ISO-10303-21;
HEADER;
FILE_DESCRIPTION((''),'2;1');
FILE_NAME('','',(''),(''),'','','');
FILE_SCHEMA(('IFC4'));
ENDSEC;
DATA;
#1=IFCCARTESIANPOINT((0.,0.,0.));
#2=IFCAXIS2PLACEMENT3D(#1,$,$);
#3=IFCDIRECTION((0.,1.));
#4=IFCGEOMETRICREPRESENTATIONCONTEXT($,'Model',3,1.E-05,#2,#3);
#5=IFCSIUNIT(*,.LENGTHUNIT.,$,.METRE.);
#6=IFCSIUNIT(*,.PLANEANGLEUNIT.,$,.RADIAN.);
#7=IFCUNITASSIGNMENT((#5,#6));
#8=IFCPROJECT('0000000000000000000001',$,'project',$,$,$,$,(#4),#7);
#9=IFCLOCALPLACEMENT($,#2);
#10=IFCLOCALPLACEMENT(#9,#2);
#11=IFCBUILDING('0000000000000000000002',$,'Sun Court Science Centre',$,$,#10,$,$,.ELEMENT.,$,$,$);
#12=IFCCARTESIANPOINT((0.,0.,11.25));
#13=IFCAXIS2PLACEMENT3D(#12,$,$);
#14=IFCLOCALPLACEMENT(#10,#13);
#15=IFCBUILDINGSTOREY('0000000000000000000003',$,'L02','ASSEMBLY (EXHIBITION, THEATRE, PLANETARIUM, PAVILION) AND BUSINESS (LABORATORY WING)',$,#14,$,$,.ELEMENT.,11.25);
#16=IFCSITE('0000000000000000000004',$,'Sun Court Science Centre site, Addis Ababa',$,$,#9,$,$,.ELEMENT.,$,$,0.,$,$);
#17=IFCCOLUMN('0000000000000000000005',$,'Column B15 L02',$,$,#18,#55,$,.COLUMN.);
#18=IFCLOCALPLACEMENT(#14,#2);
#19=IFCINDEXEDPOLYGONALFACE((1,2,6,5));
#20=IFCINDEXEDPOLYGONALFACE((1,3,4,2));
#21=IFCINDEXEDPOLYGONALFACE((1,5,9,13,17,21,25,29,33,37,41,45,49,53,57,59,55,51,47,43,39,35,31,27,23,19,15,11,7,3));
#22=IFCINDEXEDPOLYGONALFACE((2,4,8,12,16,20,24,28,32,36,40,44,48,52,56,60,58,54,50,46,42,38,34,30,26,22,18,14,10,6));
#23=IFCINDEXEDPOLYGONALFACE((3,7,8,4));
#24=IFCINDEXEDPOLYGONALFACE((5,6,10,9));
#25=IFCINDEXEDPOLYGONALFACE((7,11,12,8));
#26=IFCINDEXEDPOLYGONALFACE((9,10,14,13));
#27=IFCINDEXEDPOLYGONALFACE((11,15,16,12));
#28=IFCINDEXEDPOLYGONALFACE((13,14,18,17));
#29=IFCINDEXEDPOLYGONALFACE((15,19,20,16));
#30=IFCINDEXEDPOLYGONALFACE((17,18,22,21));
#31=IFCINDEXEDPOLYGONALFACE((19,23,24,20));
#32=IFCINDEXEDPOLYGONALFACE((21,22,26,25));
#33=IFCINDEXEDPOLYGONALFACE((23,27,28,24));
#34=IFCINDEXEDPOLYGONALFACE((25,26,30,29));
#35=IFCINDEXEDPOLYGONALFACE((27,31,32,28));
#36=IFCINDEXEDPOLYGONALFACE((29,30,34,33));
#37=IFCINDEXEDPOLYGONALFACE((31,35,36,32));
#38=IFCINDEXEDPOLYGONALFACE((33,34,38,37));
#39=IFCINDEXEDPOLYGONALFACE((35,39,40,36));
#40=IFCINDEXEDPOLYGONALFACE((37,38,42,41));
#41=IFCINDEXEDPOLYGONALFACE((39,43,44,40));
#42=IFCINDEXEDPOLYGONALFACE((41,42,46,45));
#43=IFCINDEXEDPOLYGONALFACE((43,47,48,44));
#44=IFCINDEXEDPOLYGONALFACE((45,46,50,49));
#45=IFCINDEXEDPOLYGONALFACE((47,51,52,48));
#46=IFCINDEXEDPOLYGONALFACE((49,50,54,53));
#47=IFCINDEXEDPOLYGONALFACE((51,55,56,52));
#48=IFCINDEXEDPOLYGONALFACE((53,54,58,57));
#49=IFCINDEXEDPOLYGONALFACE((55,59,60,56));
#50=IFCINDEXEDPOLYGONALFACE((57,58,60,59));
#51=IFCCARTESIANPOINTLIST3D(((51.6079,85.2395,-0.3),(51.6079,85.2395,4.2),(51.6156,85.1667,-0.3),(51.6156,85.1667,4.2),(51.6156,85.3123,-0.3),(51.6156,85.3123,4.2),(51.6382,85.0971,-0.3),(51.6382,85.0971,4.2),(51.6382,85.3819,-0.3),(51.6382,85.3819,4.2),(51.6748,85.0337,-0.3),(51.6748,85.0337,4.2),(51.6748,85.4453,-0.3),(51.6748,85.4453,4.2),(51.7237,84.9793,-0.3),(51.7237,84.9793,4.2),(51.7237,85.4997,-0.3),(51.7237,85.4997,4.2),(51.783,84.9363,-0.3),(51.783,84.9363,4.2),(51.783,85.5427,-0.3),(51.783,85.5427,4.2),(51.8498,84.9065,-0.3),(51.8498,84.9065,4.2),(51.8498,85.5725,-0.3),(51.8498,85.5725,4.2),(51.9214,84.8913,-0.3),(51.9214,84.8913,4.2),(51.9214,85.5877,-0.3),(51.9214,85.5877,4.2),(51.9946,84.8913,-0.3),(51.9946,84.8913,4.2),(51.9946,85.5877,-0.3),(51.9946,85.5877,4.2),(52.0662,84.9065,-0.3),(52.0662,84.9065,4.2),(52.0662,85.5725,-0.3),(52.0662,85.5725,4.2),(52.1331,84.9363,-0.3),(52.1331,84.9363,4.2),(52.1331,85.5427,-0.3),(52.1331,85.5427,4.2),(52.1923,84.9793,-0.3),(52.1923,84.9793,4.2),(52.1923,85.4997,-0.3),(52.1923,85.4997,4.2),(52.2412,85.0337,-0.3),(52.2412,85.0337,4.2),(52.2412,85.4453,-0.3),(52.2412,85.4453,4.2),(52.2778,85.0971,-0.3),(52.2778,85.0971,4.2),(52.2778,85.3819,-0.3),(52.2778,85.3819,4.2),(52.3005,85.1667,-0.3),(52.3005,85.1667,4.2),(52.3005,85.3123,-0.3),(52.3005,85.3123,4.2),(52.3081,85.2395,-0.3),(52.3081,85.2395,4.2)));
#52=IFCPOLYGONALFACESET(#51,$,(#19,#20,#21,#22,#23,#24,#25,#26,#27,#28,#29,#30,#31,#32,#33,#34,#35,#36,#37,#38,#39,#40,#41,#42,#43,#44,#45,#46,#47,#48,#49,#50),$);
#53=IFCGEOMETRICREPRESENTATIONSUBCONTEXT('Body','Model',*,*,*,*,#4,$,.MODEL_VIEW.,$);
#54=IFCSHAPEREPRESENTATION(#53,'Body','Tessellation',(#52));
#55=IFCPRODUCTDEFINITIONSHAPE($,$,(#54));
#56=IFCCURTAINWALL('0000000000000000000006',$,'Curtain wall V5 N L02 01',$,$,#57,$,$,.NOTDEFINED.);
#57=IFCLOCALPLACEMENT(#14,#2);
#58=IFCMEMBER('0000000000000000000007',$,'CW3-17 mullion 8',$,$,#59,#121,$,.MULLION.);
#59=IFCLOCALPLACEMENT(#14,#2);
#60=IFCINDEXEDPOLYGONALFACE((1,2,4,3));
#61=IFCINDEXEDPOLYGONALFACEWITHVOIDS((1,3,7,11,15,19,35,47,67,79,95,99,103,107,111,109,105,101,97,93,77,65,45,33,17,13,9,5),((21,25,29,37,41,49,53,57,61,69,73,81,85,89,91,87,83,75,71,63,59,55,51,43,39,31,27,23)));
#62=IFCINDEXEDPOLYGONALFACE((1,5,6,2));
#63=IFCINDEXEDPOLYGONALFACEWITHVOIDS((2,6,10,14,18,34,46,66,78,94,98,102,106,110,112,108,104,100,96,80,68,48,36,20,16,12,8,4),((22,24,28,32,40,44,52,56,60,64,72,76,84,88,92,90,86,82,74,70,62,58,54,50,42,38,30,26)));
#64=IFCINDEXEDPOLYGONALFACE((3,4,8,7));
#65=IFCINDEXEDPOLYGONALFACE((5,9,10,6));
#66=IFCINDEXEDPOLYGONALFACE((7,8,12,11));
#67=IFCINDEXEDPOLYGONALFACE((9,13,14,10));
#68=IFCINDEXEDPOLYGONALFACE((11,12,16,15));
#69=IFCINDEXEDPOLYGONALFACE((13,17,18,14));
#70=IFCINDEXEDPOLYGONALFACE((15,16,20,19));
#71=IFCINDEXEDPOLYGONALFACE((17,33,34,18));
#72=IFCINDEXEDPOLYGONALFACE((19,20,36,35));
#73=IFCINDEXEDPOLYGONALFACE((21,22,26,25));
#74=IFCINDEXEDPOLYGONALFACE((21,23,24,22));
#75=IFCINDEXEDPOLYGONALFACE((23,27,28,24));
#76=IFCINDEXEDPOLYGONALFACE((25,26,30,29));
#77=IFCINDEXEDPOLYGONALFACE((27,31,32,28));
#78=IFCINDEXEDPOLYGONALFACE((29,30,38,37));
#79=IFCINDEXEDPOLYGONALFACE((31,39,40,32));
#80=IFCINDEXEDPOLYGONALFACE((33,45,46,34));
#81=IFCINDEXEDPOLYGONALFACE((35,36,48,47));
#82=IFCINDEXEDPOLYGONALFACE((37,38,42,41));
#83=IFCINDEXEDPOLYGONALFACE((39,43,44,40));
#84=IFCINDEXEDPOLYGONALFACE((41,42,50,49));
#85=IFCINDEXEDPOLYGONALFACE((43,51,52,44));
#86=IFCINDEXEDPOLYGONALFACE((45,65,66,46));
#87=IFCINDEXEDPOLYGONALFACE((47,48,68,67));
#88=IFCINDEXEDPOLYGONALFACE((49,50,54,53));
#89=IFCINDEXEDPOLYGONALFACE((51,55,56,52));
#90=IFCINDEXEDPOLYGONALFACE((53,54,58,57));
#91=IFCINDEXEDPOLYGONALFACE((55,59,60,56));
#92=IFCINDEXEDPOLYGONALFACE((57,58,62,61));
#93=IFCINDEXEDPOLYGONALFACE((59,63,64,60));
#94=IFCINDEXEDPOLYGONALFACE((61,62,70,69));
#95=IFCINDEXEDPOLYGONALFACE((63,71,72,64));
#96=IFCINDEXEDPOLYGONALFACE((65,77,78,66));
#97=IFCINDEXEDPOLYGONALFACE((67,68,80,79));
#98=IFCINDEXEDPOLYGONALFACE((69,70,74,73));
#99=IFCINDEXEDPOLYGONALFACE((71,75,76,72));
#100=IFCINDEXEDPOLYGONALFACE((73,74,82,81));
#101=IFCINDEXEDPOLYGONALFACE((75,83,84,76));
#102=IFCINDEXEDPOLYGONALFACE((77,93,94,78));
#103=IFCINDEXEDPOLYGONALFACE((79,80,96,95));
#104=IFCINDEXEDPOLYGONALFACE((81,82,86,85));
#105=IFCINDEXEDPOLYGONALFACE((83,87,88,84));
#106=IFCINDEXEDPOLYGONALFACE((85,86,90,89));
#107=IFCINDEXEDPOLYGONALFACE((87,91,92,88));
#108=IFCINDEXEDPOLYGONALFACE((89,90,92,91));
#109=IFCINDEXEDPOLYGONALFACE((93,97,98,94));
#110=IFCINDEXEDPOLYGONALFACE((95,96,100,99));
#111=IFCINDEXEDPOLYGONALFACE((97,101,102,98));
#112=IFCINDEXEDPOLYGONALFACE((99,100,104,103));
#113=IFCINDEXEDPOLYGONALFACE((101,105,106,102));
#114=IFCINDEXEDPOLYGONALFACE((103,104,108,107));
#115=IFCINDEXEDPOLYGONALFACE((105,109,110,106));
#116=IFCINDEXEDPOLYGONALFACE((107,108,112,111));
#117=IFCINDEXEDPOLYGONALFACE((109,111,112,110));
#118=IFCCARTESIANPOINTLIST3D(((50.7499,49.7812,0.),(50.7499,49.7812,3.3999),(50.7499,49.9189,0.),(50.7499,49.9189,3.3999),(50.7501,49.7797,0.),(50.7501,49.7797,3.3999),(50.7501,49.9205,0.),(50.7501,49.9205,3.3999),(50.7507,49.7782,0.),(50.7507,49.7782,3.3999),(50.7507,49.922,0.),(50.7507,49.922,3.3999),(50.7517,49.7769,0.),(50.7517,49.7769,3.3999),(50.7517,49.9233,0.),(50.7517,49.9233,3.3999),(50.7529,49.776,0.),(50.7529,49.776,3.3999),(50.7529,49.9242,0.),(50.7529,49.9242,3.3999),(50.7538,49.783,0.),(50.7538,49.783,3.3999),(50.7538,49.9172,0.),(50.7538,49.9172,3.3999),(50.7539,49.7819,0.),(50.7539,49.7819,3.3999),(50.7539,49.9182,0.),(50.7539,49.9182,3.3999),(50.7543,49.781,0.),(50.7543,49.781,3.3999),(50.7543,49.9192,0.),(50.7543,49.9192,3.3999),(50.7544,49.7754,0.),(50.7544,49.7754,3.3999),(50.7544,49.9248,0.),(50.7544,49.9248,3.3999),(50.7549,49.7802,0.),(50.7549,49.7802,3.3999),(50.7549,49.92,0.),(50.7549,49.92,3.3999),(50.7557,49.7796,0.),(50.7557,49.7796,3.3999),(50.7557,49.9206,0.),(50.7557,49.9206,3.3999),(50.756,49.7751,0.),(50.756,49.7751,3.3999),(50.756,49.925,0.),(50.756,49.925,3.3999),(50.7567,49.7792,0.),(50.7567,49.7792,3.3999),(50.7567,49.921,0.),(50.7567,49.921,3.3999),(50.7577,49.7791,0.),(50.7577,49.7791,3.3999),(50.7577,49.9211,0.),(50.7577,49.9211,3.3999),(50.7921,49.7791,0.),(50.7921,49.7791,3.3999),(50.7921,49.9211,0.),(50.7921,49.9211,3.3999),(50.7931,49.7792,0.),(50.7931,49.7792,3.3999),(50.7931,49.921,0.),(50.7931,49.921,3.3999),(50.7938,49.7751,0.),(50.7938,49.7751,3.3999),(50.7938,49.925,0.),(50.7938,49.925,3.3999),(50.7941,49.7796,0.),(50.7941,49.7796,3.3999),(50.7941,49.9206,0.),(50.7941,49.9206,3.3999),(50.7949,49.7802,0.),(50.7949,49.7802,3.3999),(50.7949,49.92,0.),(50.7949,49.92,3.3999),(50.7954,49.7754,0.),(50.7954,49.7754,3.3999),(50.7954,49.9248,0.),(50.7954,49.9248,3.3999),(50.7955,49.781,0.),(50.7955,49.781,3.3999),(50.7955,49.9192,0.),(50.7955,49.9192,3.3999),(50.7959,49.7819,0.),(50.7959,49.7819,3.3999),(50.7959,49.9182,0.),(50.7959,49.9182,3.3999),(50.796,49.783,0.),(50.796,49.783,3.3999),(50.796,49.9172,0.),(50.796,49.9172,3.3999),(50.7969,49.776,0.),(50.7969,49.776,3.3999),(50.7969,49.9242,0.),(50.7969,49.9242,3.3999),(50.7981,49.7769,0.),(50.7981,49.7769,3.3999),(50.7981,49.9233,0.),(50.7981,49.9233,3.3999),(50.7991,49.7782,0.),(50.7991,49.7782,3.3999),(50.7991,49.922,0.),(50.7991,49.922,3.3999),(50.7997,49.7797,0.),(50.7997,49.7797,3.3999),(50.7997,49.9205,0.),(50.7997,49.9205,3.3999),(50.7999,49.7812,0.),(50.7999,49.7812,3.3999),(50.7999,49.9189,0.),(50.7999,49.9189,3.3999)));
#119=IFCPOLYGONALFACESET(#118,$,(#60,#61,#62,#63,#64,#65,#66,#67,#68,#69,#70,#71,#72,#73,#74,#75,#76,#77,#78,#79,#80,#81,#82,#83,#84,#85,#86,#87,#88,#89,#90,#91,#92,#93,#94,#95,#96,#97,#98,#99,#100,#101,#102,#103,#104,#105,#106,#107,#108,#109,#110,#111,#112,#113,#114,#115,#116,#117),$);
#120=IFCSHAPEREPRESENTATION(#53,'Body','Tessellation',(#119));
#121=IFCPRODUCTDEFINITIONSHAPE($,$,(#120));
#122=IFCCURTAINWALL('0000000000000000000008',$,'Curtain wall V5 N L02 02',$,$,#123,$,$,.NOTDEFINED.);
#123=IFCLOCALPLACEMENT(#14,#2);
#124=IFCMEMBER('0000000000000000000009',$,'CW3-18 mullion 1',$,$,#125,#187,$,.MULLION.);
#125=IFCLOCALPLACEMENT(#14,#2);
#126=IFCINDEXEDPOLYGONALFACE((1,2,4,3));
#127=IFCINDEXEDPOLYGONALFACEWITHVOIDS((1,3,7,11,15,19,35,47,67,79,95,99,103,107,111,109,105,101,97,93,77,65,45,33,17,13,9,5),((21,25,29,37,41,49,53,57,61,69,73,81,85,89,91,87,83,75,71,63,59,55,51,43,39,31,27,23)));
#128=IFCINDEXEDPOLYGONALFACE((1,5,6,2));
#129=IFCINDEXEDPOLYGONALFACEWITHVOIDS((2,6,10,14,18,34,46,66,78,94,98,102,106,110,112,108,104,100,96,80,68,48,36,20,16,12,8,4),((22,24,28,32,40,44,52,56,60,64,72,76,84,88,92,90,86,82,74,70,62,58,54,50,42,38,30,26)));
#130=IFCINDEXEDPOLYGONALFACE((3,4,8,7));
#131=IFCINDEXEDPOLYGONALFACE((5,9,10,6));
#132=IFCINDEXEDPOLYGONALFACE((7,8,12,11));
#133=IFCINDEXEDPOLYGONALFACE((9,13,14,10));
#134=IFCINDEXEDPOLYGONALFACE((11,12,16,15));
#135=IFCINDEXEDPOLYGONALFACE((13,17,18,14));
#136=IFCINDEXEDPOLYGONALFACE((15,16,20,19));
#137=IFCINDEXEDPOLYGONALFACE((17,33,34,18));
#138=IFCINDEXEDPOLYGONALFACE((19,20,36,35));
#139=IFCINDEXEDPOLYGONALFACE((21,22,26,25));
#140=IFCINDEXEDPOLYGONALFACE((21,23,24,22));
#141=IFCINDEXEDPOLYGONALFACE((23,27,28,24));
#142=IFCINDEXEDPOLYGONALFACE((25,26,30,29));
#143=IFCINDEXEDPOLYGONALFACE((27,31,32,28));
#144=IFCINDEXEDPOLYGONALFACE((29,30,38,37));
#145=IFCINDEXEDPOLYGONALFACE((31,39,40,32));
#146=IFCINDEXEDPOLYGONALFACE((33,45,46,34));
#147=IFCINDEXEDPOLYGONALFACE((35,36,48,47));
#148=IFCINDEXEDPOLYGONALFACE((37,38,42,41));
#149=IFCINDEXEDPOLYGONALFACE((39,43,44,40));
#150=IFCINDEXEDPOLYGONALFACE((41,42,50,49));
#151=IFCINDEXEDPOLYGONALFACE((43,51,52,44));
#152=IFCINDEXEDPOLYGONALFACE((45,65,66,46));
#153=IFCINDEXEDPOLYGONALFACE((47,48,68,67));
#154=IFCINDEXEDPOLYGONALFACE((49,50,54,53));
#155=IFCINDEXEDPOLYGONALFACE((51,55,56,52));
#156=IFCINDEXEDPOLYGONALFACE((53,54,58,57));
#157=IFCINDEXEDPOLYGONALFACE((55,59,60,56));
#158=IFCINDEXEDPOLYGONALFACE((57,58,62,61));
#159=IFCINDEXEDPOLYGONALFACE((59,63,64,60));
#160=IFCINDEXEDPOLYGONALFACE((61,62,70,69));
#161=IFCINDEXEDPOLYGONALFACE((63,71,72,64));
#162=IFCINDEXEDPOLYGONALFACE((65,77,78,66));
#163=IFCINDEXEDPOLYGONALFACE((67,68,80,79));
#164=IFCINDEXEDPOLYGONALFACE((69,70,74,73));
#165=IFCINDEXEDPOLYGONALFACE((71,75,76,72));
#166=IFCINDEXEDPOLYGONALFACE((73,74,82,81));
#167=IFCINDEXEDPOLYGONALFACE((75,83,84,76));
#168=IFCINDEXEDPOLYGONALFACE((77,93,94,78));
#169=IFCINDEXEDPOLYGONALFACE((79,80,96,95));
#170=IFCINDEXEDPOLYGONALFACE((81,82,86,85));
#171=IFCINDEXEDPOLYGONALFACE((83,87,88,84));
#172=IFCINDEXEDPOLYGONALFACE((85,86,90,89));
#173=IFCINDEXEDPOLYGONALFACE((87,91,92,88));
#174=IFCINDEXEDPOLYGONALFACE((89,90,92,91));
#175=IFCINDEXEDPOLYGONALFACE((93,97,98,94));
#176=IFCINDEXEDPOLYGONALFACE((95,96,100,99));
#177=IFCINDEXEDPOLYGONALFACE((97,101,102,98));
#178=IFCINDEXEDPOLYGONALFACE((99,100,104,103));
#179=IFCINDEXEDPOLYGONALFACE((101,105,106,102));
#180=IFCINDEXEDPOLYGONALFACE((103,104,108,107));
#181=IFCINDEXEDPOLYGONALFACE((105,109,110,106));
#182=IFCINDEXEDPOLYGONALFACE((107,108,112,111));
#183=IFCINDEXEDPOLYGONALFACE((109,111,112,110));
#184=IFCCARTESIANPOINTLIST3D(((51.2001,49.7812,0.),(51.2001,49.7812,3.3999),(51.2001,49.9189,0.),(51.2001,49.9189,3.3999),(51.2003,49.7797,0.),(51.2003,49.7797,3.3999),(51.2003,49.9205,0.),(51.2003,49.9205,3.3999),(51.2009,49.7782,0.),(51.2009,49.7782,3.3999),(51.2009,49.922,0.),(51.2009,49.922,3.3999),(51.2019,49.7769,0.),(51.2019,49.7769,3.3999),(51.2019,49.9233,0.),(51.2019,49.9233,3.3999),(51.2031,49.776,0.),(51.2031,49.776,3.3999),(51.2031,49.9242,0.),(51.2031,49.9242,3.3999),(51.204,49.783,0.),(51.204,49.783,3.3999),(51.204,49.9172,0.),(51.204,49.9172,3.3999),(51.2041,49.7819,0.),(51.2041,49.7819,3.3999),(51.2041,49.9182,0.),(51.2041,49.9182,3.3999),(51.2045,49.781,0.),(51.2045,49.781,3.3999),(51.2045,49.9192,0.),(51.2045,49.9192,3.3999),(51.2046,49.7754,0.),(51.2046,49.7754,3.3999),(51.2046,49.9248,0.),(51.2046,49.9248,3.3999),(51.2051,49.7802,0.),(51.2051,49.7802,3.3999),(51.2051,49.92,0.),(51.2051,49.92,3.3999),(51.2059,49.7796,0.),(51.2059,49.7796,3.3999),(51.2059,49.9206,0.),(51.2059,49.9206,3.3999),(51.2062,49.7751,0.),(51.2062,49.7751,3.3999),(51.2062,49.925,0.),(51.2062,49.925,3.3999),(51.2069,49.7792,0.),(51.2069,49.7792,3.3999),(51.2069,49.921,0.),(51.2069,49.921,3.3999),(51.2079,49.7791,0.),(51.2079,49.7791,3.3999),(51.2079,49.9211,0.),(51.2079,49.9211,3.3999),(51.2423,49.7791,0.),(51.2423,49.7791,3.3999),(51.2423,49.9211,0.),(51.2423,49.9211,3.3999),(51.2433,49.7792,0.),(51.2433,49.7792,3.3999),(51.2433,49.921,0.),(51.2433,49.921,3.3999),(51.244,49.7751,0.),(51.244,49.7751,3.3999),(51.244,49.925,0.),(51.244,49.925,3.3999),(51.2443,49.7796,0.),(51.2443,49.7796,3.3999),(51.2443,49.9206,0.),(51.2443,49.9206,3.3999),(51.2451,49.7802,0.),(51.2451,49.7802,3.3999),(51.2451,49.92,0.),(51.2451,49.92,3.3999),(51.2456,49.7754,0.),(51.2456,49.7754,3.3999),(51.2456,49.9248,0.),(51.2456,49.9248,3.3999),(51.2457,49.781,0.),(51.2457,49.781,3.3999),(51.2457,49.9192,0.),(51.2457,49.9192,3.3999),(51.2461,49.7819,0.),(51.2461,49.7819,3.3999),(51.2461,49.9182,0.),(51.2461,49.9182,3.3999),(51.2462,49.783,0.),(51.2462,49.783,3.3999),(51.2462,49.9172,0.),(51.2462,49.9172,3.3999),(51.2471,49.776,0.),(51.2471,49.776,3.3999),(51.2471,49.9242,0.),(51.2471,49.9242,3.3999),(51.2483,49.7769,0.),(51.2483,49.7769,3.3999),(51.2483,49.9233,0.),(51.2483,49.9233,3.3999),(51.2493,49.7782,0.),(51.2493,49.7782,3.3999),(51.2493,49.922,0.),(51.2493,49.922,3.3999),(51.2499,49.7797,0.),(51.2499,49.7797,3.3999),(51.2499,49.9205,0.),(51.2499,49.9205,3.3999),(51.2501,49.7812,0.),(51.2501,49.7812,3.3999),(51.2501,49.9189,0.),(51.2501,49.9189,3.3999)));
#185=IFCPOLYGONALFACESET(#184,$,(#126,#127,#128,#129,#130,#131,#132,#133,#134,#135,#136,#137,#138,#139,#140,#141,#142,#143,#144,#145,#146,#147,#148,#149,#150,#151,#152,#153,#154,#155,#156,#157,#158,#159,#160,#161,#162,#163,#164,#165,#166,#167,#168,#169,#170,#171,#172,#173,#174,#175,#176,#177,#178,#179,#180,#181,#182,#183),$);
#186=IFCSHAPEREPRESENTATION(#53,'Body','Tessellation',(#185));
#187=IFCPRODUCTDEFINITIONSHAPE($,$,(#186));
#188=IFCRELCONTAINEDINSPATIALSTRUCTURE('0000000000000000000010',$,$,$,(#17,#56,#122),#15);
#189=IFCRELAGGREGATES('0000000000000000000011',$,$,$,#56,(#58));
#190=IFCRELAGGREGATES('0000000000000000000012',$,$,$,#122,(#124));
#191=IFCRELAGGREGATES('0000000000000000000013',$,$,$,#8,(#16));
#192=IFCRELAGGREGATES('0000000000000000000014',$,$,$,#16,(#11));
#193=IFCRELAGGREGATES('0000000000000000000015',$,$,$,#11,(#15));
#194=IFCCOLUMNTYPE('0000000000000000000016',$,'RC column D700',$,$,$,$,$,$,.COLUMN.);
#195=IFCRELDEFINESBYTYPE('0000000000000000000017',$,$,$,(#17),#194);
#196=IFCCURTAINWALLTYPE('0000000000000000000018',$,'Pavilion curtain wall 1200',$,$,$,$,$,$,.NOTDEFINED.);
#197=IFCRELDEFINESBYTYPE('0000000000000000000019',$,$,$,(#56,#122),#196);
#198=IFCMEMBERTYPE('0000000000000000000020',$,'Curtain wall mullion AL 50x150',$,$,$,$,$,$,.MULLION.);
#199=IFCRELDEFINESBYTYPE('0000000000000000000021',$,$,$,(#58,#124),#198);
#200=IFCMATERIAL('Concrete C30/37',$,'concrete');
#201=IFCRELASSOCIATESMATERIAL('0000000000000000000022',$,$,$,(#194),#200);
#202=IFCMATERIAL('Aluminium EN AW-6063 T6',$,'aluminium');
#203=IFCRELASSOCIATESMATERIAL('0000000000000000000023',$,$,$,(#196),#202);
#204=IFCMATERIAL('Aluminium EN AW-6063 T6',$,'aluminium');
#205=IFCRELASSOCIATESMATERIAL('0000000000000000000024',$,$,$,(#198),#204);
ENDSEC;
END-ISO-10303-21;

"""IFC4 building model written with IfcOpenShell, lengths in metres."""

from ifc_helpers import new_model, si_unit, direction, frame, origin, origin_2d, place, context, subcontext, project, spatial, hollow_rectangle, circle, extrude, material, material_profile, profile_set, type_object, element, aggregate, save


model = new_model("IFC4")

# Units and contexts
model_context = context("Model", 3, precision=1e-05, world=origin(), true_north=direction((0.0, 1.0)))
body_context = subcontext(model_context, "Body", "Model", "MODEL_VIEW")
ifc_project = project(units=[si_unit("LENGTHUNIT", "METRE"), si_unit("PLANEANGLEUNIT", "RADIAN")], contexts=[model_context])

# Site, building, storey
site_placement = place(None, origin())
site = spatial("IfcSite", under=ifc_project, at=site_placement, Name="Sun Court Science Centre site, Addis Ababa", CompositionType="ELEMENT", RefElevation=0.0)
building_placement = place(site_placement, origin())
building = spatial("IfcBuilding", under=site, at=building_placement, Name="Sun Court Science Centre", CompositionType="ELEMENT")
storey_placement = place(building_placement, frame((0.0, 0.0, 11.25)))
storey = spatial("IfcBuildingStorey", under=building, at=storey_placement, Name="L02", Description="ASSEMBLY (EXHIBITION, THEATRE, PLANETARIUM, PAVILION) AND BUSINESS (LABORATORY WING)", CompositionType="ELEMENT", Elevation=11.25)

# Column
ifc_material_1 = material(Name="Concrete C30/37", Category="concrete")
ifc_material_profile_1 = material_profile(ifc_material_1, circle(Radius=0.3501, at=origin_2d()), Name="RC D700")
ifc_profile_set_1 = profile_set([ifc_material_profile_1], Name="Concrete C30/37")
column_type = type_object("IfcColumnType", Name="RC column D700", PredefinedType="COLUMN", material=ifc_profile_set_1)
column_placement = place(storey_placement, frame((51.958, 85.2395, -0.3), z_axis=(0.0, 0.0, 1.0), x_axis=(1.0, 0.0, 0.0)))
element("IfcColumn", 1, at=column_placement, inside=storey, type_object=column_type, Name="Column B15 L02", PredefinedType="COLUMN", context=body_context, shape_type="SweptSolid", body=[
    extrude(circle(Radius=0.3501, at=origin_2d()), origin(), (0.0, 0.0, 1.0), 4.5),
])

# Curtain wall, member
ifc_material_2 = material(Name="Aluminium EN AW-6063 T6", Category="aluminium")
curtain_wall_type = type_object("IfcCurtainWallType", Name="Pavilion curtain wall 1200", PredefinedType="NOTDEFINED", material=ifc_material_2)
curtain_wall_1_placement = place(storey_placement, origin())
curtain_wall_1 = element("IfcCurtainWall", 2, at=curtain_wall_1_placement, inside=storey, type_object=curtain_wall_type, Name="Curtain wall V5 N L02 01", PredefinedType="NOTDEFINED")
ifc_material_3 = material(Name="Aluminium EN AW-6063 T6", Category="aluminium")
ifc_material_profile_2 = material_profile(ifc_material_3, hollow_rectangle(XDim=0.05, YDim=0.1499, WallThickness=0.0039, InnerFilletRadius=0.0039, OuterFilletRadius=0.0061, at=origin_2d()), Name="AL 50x150x4")
ifc_profile_set_2 = profile_set([ifc_material_profile_2], Name="Aluminium EN AW-6063 T6")
member_type_1 = type_object("IfcMemberType", Name="Curtain wall mullion AL 50x150", PredefinedType="MULLION", material=ifc_profile_set_2)
member_1_placement = place(storey_placement, frame((50.7749, 49.8501, 0.0), z_axis=(0.0, 0.0, 1.0), x_axis=(1.0, 0.0, 0.0)))
member_1 = element("IfcMember", 3, at=member_1_placement, type_object=member_type_1, Name="CW3-17 mullion 8", PredefinedType="MULLION", context=body_context, shape_type="SweptSolid", body=[
    extrude(hollow_rectangle(XDim=0.05, YDim=0.1499, WallThickness=0.0039, InnerFilletRadius=0.0039, OuterFilletRadius=0.0061, at=origin_2d()), origin(), (0.0, 0.0, 1.0), 3.3999),
])

# Curtain wall, member
curtain_wall_2_placement = place(storey_placement, origin())
curtain_wall_2 = element("IfcCurtainWall", 4, at=curtain_wall_2_placement, inside=storey, type_object=curtain_wall_type, Name="Curtain wall V5 N L02 02", PredefinedType="NOTDEFINED")
member_2_placement = place(storey_placement, frame((51.2251, 49.8501, 0.0), z_axis=(0.0, 0.0, 1.0), x_axis=(1.0, 0.0, 0.0)))
member_2 = element("IfcMember", 5, at=member_2_placement, type_object=member_type_1, Name="CW3-18 mullion 1", PredefinedType="MULLION", context=body_context, shape_type="SweptSolid", body=[
    extrude(hollow_rectangle(XDim=0.05, YDim=0.1499, WallThickness=0.0039, InnerFilletRadius=0.0039, OuterFilletRadius=0.0061, at=origin_2d()), origin(), (0.0, 0.0, 1.0), 3.3999),
])

aggregate(curtain_wall_1, [member_1])
aggregate(curtain_wall_2, [member_2])

save(model, "model.ifc")
